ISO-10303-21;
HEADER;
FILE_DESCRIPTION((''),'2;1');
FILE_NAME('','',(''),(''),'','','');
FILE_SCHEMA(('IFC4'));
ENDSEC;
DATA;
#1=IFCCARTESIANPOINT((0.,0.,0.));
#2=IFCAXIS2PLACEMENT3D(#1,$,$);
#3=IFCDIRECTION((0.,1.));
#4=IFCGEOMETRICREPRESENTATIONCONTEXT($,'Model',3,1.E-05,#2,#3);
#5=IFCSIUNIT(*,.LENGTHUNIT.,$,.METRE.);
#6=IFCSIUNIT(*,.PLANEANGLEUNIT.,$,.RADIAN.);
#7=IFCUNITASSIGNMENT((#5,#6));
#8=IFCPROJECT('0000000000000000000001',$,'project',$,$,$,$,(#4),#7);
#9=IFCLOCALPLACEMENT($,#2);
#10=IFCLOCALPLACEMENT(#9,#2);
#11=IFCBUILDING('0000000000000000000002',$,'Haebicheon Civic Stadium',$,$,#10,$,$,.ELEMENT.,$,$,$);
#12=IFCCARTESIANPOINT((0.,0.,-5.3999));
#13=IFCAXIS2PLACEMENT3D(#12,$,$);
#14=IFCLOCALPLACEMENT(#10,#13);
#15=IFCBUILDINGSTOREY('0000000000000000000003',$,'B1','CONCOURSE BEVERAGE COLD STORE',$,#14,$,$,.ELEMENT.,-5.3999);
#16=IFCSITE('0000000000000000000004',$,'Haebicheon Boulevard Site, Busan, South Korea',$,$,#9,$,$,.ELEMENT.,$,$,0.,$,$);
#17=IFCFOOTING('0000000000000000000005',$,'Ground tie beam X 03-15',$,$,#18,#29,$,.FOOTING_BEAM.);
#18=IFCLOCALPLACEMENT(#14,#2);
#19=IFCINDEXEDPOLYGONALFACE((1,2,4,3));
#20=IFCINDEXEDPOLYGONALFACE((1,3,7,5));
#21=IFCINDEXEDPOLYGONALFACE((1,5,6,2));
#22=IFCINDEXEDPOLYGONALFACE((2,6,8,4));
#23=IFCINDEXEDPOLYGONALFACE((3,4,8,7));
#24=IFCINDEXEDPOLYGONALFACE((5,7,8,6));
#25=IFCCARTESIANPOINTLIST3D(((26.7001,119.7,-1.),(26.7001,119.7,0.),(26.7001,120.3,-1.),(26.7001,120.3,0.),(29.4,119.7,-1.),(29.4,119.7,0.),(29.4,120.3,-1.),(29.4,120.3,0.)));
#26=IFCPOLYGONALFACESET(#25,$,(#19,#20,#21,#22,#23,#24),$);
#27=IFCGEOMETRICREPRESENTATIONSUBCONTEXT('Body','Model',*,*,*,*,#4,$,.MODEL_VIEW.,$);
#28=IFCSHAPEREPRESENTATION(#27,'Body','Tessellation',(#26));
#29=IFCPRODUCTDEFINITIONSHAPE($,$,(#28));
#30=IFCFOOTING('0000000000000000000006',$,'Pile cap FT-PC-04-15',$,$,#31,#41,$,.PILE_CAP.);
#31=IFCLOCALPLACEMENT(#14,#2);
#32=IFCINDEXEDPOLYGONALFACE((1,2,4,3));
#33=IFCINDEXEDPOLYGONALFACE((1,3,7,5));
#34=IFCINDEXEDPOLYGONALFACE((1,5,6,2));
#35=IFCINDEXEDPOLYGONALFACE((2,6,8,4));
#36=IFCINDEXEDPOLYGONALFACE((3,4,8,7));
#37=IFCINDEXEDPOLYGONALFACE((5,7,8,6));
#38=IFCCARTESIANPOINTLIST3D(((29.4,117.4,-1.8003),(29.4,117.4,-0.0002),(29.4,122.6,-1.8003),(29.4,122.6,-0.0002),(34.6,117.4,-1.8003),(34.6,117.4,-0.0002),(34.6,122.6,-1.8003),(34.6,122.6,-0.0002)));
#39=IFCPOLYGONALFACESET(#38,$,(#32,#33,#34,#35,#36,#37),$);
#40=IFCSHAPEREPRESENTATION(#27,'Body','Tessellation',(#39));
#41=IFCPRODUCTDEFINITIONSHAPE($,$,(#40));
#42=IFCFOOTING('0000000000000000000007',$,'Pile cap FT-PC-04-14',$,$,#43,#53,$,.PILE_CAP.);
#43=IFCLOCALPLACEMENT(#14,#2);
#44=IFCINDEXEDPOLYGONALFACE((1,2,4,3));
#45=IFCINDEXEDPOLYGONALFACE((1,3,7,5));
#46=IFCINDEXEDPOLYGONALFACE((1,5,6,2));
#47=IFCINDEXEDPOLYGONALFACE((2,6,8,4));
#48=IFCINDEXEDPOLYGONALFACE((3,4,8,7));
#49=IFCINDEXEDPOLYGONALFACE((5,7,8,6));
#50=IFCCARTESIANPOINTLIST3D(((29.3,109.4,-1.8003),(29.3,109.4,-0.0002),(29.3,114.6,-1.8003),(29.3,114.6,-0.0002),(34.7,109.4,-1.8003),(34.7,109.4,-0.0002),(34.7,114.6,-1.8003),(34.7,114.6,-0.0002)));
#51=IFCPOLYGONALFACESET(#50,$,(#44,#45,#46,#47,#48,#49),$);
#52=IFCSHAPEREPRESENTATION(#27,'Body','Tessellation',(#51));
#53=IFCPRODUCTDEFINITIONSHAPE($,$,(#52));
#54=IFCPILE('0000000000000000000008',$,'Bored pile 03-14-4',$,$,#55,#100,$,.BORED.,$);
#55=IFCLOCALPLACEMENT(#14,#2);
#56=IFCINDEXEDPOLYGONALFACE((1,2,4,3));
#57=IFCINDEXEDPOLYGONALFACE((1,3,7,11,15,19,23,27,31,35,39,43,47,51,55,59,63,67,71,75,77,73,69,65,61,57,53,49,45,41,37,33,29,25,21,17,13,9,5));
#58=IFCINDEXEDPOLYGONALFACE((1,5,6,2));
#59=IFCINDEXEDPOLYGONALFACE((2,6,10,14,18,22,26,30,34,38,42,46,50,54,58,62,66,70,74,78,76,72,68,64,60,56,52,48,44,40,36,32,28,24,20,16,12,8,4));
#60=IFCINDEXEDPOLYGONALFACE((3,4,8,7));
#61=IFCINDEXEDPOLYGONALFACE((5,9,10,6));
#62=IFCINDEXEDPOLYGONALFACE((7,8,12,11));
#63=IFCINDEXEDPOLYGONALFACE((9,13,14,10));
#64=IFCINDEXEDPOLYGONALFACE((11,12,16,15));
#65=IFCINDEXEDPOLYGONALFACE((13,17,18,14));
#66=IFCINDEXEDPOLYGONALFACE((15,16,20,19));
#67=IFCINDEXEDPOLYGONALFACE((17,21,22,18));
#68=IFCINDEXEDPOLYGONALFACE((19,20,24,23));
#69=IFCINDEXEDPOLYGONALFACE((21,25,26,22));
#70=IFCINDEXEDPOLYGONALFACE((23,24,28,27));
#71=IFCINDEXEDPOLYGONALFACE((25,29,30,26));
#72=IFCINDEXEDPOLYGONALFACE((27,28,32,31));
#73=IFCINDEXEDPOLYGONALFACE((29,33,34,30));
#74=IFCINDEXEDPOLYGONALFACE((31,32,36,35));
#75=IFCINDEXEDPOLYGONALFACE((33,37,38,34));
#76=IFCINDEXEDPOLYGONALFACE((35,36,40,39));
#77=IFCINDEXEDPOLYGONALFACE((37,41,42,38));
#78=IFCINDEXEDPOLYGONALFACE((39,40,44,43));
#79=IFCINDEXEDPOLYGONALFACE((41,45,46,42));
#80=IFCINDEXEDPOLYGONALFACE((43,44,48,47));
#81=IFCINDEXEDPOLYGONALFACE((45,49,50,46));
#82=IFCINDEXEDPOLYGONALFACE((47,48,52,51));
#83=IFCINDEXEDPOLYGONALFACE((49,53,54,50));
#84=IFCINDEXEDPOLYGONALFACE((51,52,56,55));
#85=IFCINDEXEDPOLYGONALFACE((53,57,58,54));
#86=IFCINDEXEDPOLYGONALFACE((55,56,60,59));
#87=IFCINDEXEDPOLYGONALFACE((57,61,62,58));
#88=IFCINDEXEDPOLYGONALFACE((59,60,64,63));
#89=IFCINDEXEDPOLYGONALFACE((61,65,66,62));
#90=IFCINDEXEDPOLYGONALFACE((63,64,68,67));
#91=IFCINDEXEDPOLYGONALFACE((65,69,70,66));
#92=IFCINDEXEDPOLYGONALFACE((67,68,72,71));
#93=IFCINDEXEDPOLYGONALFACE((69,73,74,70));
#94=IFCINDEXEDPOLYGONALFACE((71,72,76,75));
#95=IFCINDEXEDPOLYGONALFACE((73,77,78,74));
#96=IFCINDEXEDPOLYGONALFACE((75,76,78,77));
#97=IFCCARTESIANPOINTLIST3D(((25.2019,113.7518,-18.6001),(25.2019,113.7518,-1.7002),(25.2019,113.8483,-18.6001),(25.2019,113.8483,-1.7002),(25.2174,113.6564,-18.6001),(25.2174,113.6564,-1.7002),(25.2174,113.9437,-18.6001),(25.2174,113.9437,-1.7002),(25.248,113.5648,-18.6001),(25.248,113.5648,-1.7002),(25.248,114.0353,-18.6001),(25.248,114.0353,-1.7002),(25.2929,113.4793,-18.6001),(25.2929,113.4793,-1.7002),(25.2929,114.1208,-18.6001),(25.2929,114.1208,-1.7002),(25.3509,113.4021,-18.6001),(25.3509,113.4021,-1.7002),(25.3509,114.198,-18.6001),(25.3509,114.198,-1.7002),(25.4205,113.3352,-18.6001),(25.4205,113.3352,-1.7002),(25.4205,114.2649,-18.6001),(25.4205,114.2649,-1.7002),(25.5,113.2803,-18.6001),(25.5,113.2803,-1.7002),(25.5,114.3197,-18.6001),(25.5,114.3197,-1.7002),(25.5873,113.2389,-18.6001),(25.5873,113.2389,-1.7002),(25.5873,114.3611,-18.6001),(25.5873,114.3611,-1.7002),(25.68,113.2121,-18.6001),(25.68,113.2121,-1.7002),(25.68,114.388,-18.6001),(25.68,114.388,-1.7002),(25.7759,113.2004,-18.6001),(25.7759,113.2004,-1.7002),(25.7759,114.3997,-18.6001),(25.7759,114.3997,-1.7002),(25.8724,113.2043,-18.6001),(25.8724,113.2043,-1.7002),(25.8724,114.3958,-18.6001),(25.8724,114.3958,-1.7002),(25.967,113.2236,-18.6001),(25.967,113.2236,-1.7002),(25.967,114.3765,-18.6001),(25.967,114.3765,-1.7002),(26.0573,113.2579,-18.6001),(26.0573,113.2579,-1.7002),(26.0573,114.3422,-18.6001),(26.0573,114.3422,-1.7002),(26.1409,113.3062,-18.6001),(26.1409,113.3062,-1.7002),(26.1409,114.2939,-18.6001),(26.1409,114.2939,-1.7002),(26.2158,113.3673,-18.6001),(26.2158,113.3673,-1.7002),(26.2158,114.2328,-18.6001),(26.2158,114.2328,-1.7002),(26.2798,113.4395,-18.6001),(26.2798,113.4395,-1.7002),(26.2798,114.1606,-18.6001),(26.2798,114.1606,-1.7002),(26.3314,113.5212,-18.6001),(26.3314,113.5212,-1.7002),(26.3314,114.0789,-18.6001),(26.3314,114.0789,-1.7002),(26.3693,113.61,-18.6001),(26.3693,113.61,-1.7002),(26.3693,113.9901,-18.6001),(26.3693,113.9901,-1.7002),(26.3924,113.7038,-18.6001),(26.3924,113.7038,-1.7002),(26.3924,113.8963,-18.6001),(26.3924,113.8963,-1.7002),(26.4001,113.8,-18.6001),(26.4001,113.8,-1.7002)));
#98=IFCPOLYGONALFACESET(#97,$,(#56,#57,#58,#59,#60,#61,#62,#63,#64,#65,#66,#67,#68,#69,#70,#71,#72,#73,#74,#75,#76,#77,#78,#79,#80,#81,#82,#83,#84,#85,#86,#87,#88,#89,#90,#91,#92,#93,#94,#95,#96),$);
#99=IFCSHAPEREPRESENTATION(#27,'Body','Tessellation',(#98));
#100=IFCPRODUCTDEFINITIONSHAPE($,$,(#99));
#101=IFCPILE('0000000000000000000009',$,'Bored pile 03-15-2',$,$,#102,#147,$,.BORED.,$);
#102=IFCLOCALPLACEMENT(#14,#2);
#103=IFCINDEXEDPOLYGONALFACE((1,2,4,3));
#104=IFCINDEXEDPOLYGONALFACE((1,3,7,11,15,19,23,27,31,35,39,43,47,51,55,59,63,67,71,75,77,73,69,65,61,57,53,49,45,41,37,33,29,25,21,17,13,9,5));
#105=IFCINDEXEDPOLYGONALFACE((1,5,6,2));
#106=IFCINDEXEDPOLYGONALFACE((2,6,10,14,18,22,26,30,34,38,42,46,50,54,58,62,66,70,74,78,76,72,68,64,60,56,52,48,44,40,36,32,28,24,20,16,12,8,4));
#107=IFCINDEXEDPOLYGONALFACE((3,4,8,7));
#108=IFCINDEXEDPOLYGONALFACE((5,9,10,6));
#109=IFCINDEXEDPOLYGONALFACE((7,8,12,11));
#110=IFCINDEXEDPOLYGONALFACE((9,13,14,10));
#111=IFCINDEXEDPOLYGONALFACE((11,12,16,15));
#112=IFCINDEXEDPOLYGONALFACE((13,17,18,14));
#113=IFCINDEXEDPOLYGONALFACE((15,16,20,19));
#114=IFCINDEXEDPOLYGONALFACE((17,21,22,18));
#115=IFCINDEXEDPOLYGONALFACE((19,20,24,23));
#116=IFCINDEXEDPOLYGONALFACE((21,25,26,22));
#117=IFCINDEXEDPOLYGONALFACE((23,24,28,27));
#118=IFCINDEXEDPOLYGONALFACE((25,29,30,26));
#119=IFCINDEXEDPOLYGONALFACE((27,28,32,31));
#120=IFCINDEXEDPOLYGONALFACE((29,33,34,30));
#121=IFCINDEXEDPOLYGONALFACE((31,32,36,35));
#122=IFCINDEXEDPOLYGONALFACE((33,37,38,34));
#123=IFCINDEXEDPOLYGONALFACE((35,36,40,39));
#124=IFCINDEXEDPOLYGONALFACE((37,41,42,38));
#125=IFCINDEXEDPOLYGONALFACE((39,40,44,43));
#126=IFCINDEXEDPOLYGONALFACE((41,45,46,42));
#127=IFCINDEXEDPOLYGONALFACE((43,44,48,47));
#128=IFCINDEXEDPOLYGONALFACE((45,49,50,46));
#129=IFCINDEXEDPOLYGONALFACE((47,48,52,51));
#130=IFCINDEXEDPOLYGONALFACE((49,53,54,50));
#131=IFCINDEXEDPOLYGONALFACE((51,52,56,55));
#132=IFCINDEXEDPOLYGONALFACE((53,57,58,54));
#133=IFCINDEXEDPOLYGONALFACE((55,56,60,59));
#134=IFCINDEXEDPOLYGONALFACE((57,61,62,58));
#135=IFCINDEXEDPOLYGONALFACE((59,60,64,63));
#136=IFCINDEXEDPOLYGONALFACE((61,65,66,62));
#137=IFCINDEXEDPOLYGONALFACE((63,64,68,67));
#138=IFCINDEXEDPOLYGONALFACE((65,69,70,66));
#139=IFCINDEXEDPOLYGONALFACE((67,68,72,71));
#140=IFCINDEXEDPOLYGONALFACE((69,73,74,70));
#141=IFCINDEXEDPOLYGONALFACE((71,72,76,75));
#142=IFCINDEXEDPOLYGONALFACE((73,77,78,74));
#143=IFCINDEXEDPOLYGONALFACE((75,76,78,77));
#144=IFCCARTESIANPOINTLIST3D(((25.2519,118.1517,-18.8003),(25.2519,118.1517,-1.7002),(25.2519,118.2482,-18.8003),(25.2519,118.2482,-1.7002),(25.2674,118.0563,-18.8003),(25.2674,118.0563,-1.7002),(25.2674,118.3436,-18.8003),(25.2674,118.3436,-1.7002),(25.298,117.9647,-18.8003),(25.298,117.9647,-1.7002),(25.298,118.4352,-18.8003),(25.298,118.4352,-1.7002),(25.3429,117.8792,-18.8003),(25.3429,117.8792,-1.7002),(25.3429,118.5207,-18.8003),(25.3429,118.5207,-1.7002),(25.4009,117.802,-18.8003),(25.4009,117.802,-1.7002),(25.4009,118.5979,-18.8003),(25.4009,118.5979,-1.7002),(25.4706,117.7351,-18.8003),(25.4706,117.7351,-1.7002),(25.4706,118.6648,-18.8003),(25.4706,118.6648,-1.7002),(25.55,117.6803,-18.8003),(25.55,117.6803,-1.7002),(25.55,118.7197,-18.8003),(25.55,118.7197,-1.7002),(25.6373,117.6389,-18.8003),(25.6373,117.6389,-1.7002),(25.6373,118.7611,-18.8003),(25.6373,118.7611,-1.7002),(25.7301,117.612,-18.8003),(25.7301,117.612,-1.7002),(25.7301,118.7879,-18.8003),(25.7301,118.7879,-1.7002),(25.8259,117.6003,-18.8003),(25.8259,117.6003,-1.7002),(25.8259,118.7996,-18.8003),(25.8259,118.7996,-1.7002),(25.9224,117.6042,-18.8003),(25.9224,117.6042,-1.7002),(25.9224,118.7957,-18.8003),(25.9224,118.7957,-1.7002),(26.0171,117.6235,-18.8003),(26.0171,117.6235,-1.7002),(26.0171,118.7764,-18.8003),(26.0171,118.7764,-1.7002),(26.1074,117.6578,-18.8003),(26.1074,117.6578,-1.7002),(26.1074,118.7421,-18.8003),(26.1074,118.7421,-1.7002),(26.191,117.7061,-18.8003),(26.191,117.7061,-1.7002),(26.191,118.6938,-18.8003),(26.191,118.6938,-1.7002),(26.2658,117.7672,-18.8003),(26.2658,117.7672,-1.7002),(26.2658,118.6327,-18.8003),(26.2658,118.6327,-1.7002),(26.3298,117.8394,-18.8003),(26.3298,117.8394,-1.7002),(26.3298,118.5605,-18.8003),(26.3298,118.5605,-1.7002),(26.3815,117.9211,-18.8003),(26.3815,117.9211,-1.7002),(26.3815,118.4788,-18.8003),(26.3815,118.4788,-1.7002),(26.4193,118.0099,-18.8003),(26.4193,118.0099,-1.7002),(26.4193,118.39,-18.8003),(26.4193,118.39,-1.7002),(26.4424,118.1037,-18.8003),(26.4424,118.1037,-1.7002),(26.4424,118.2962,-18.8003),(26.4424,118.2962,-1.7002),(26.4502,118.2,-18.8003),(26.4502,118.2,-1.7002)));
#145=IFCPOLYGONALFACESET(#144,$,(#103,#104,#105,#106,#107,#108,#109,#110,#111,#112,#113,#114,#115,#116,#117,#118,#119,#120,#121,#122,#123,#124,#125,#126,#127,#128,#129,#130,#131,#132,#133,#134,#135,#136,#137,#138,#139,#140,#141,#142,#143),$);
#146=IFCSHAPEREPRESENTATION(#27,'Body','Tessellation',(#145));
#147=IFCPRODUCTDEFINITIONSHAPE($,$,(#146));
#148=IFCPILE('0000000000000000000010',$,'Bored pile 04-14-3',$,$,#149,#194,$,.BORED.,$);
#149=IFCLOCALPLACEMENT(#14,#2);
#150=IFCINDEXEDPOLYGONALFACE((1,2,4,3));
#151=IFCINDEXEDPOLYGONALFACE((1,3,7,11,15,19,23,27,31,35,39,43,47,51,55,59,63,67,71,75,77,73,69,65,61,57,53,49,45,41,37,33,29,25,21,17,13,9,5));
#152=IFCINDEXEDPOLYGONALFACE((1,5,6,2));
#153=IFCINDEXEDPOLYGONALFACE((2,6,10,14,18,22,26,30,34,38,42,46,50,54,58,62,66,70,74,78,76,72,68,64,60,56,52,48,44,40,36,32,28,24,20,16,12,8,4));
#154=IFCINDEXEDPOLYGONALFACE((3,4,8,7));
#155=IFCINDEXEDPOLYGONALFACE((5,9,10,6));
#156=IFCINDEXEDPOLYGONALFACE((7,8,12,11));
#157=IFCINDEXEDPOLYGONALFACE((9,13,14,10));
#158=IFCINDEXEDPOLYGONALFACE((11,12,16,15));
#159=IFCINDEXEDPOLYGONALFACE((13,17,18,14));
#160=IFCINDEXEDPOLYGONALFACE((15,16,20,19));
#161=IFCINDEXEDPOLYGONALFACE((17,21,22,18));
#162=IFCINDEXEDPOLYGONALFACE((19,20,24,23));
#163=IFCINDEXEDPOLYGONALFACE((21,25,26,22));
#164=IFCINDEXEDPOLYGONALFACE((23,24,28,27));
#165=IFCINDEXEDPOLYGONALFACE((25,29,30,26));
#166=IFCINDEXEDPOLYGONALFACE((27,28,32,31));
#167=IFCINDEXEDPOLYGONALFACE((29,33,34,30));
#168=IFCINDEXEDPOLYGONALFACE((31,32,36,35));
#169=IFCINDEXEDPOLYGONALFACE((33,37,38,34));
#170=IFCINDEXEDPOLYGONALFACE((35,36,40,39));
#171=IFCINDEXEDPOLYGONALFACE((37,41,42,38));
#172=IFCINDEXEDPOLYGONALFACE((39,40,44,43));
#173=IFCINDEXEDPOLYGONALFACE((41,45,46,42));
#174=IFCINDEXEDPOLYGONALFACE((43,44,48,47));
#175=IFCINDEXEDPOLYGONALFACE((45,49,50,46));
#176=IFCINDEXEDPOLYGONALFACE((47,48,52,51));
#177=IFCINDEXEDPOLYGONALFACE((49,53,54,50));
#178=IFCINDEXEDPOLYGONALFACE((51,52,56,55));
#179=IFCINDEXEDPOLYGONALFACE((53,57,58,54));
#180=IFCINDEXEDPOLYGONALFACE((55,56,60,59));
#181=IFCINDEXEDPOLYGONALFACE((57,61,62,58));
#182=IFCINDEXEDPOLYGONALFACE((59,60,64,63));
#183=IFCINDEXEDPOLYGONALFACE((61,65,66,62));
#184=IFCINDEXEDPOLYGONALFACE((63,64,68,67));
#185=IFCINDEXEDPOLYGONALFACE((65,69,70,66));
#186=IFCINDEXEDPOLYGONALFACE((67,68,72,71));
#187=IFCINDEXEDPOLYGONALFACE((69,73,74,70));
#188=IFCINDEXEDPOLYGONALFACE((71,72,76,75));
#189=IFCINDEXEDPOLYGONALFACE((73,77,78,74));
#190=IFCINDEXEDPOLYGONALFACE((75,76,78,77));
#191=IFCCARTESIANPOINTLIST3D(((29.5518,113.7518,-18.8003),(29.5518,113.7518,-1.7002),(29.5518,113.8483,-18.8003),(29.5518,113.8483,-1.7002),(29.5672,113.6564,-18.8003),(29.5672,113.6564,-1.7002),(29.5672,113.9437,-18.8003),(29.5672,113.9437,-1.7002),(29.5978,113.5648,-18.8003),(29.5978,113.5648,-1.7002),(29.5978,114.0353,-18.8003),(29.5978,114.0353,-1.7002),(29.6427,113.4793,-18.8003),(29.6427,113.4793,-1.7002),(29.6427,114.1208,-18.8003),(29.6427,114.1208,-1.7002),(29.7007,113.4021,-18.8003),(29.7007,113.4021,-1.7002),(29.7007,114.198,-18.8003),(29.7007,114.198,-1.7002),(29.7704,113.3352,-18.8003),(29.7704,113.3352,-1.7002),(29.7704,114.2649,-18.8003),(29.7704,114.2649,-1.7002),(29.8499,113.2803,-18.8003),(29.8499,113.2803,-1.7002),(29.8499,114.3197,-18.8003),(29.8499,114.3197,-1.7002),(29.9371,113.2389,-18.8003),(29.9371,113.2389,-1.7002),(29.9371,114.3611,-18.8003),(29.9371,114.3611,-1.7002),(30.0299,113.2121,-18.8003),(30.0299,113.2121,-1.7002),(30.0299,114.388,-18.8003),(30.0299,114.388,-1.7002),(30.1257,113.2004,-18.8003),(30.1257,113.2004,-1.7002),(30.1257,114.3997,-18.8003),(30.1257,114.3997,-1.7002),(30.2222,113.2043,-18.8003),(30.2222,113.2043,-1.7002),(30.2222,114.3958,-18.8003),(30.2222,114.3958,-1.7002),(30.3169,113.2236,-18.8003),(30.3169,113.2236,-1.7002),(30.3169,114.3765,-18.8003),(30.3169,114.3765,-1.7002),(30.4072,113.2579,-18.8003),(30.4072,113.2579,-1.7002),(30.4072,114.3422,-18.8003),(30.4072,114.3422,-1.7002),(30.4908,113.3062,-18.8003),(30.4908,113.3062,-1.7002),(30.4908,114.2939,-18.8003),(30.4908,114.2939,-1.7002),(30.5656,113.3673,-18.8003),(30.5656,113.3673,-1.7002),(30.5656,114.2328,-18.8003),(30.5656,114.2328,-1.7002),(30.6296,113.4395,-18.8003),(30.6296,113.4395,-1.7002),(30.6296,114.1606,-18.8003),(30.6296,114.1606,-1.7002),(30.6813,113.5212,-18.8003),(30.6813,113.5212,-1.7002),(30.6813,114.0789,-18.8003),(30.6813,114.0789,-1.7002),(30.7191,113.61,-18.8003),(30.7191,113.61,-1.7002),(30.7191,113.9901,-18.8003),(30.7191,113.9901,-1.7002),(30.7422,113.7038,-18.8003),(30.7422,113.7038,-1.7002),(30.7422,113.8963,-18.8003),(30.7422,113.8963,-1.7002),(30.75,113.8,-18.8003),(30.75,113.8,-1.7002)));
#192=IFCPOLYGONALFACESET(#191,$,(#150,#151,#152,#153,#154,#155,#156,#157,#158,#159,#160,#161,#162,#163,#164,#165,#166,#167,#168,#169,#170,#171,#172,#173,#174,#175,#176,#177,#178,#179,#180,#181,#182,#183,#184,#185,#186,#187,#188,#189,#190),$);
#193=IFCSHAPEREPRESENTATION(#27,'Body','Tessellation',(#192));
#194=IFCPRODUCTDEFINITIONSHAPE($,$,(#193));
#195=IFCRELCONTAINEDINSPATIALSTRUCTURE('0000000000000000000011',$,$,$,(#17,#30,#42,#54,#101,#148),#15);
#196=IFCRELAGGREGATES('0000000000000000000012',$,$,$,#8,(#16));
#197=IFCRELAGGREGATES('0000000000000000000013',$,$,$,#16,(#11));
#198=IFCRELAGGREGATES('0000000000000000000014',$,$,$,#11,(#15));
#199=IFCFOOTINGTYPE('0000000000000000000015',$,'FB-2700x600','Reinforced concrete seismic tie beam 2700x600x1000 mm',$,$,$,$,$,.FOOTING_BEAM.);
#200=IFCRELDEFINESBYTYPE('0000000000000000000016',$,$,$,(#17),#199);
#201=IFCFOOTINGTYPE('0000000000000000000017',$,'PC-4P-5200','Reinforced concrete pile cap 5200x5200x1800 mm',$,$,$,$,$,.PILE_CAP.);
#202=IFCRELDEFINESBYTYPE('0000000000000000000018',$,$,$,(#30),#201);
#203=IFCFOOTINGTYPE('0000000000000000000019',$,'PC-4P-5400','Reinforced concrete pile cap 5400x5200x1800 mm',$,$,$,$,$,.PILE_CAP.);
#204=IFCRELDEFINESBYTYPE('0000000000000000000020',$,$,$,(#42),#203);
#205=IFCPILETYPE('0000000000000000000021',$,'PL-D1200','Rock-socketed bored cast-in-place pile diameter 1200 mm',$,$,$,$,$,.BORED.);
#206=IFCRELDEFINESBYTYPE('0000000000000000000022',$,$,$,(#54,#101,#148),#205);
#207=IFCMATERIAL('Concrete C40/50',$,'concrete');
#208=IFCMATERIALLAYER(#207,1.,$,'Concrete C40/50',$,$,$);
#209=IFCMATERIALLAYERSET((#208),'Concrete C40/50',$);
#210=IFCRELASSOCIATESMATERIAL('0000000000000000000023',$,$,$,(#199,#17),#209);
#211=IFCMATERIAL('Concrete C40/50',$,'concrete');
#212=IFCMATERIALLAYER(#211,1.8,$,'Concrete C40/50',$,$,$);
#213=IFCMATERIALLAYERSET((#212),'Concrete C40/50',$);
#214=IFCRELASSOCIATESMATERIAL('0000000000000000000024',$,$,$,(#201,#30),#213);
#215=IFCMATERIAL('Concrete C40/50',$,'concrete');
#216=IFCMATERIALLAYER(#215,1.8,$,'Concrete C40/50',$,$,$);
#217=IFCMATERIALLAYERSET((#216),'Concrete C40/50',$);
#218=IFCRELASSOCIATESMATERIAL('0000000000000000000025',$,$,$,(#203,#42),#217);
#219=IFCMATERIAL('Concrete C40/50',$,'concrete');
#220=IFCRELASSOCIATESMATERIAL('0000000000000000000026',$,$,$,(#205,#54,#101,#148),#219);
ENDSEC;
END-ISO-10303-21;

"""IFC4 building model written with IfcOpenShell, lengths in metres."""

from ifc_helpers import new_model, si_unit, direction, frame, origin, origin_2d, place, context, subcontext, project, spatial, rectangle, circle, extrude, material, layer, layer_set, material_profile, profile_set, type_object, element, save


model = new_model("IFC4")

# Units and contexts
model_context = context("Model", 3, precision=1e-05, world=origin(), true_north=direction((0.0, 1.0)))
body_context = subcontext(model_context, "Body", "Model", "MODEL_VIEW")
ifc_project = project(units=[si_unit("LENGTHUNIT", "METRE"), si_unit("PLANEANGLEUNIT", "RADIAN")], contexts=[model_context])

# Site, building, storey
site_placement = place(None, origin())
site = spatial("IfcSite", under=ifc_project, at=site_placement, Name="Haebicheon Boulevard Site, Busan, South Korea", CompositionType="ELEMENT", RefElevation=0.0)
building_placement = place(site_placement, origin())
building = spatial("IfcBuilding", under=site, at=building_placement, Name="Haebicheon Civic Stadium", CompositionType="ELEMENT")
storey_placement = place(building_placement, frame((0.0, 0.0, -5.3999)))
storey = spatial("IfcBuildingStorey", under=building, at=storey_placement, Name="B1", Description="CONCOURSE BEVERAGE COLD STORE", CompositionType="ELEMENT", Elevation=-5.3999)

# Footings
ifc_material_1 = material(Name="Concrete C40/50", Category="concrete")
ifc_layer_1 = layer(ifc_material_1, 1.0, Name="Concrete C40/50")
ifc_layer_set_1 = layer_set([ifc_layer_1], Name="Concrete C40/50")
footing_type_1 = type_object("IfcFootingType", Name="FB-2700x600", Description="Reinforced concrete seismic tie beam 2700x600x1000 mm", PredefinedType="FOOTING_BEAM", material=ifc_layer_set_1)
footing_1_placement = place(storey_placement, frame((28.05, 120.0, -1.0), z_axis=(0.0, 0.0, 1.0), x_axis=(1.0, 0.0, 0.0)))
element("IfcFooting", 1, at=footing_1_placement, inside=storey, type_object=footing_type_1, material=ifc_layer_set_1, Name="Ground tie beam X 03-15", PredefinedType="FOOTING_BEAM", context=body_context, shape_type="SweptSolid", body=[
    extrude(rectangle(XDim=2.7, YDim=0.6001, at=origin_2d()), origin(), (0.0, 0.0, 1.0), 1.0),
])
ifc_material_2 = material(Name="Concrete C40/50", Category="concrete")
ifc_layer_2 = layer(ifc_material_2, 1.8, Name="Concrete C40/50")
ifc_layer_set_2 = layer_set([ifc_layer_2], Name="Concrete C40/50")
footing_type_2 = type_object("IfcFootingType", Name="PC-4P-5200", Description="Reinforced concrete pile cap 5200x5200x1800 mm", PredefinedType="PILE_CAP", material=ifc_layer_set_2)
footing_2_placement = place(storey_placement, frame((32.0, 120.0, -1.8003), z_axis=(0.0, 0.0, 1.0), x_axis=(1.0, 0.0, 0.0)))
element("IfcFooting", 2, at=footing_2_placement, inside=storey, type_object=footing_type_2, material=ifc_layer_set_2, Name="Pile cap FT-PC-04-15", PredefinedType="PILE_CAP", context=body_context, shape_type="SweptSolid", body=[
    extrude(rectangle(XDim=5.2, YDim=5.2, at=origin_2d()), origin(), (0.0, 0.0, 1.0), 1.8),
])
ifc_material_3 = material(Name="Concrete C40/50", Category="concrete")
ifc_layer_3 = layer(ifc_material_3, 1.8, Name="Concrete C40/50")
ifc_layer_set_3 = layer_set([ifc_layer_3], Name="Concrete C40/50")
footing_type_3 = type_object("IfcFootingType", Name="PC-4P-5400", Description="Reinforced concrete pile cap 5400x5200x1800 mm", PredefinedType="PILE_CAP", material=ifc_layer_set_3)
footing_3_placement = place(storey_placement, frame((32.0, 112.0, -1.8003), z_axis=(0.0, 0.0, 1.0), x_axis=(1.0, 0.0, 0.0)))
element("IfcFooting", 3, at=footing_3_placement, inside=storey, type_object=footing_type_3, material=ifc_layer_set_3, Name="Pile cap FT-PC-04-14", PredefinedType="PILE_CAP", context=body_context, shape_type="SweptSolid", body=[
    extrude(rectangle(XDim=5.3999, YDim=5.2, at=origin_2d()), origin(), (0.0, 0.0, 1.0), 1.8),
])

# Piles
ifc_material_4 = material(Name="Concrete C40/50", Category="concrete")
ifc_material_profile_1 = material_profile(ifc_material_4, circle(Radius=0.6001, at=origin_2d()), Name="PILE-D1200")
ifc_profile_set_1 = profile_set([ifc_material_profile_1], Name="Concrete C40/50")
pile_type = type_object("IfcPileType", Name="PL-D1200", Description="Rock-socketed bored cast-in-place pile diameter 1200 mm", PredefinedType="BORED", material=ifc_profile_set_1)
pile_placement = place(storey_placement, frame((25.8, 113.8, -1.7002), z_axis=(0.0, 0.0, -1.0), x_axis=(1.0, 0.0, 0.0)))
element("IfcPile", 4, at=pile_placement, inside=storey, type_object=pile_type, material=ifc_profile_set_1, Name="Bored pile 03-14-4", PredefinedType="BORED", context=body_context, shape_type="SweptSolid", body=[
    extrude(circle(Radius=0.6001, at=origin_2d()), origin(), (0.0, 0.0, 1.0), 16.8999),
])
for number, where, z_axis, x_axis, name in (
    (5, (25.8501, 118.2, -1.7002), (0.0, 0.0, -1.0), (1.0, 0.0, 0.0), "Bored pile 03-15-2"),
    (6, (30.1499, 113.8, -1.7002), (0.0, 0.0, -1.0), (1.0, 0.0, 0.0), "Bored pile 04-14-3"),
):
    element("IfcPile", number, at=place(storey_placement, frame(where, z_axis=z_axis, x_axis=x_axis)), inside=storey, type_object=pile_type, material=ifc_profile_set_1, Name=name, PredefinedType="BORED", context=body_context, shape_type="SweptSolid", body=[
        extrude(circle(Radius=0.6001, at=origin_2d()), origin(), (0.0, 0.0, 1.0), 17.1001),
    ])

save(model, "model.ifc")
